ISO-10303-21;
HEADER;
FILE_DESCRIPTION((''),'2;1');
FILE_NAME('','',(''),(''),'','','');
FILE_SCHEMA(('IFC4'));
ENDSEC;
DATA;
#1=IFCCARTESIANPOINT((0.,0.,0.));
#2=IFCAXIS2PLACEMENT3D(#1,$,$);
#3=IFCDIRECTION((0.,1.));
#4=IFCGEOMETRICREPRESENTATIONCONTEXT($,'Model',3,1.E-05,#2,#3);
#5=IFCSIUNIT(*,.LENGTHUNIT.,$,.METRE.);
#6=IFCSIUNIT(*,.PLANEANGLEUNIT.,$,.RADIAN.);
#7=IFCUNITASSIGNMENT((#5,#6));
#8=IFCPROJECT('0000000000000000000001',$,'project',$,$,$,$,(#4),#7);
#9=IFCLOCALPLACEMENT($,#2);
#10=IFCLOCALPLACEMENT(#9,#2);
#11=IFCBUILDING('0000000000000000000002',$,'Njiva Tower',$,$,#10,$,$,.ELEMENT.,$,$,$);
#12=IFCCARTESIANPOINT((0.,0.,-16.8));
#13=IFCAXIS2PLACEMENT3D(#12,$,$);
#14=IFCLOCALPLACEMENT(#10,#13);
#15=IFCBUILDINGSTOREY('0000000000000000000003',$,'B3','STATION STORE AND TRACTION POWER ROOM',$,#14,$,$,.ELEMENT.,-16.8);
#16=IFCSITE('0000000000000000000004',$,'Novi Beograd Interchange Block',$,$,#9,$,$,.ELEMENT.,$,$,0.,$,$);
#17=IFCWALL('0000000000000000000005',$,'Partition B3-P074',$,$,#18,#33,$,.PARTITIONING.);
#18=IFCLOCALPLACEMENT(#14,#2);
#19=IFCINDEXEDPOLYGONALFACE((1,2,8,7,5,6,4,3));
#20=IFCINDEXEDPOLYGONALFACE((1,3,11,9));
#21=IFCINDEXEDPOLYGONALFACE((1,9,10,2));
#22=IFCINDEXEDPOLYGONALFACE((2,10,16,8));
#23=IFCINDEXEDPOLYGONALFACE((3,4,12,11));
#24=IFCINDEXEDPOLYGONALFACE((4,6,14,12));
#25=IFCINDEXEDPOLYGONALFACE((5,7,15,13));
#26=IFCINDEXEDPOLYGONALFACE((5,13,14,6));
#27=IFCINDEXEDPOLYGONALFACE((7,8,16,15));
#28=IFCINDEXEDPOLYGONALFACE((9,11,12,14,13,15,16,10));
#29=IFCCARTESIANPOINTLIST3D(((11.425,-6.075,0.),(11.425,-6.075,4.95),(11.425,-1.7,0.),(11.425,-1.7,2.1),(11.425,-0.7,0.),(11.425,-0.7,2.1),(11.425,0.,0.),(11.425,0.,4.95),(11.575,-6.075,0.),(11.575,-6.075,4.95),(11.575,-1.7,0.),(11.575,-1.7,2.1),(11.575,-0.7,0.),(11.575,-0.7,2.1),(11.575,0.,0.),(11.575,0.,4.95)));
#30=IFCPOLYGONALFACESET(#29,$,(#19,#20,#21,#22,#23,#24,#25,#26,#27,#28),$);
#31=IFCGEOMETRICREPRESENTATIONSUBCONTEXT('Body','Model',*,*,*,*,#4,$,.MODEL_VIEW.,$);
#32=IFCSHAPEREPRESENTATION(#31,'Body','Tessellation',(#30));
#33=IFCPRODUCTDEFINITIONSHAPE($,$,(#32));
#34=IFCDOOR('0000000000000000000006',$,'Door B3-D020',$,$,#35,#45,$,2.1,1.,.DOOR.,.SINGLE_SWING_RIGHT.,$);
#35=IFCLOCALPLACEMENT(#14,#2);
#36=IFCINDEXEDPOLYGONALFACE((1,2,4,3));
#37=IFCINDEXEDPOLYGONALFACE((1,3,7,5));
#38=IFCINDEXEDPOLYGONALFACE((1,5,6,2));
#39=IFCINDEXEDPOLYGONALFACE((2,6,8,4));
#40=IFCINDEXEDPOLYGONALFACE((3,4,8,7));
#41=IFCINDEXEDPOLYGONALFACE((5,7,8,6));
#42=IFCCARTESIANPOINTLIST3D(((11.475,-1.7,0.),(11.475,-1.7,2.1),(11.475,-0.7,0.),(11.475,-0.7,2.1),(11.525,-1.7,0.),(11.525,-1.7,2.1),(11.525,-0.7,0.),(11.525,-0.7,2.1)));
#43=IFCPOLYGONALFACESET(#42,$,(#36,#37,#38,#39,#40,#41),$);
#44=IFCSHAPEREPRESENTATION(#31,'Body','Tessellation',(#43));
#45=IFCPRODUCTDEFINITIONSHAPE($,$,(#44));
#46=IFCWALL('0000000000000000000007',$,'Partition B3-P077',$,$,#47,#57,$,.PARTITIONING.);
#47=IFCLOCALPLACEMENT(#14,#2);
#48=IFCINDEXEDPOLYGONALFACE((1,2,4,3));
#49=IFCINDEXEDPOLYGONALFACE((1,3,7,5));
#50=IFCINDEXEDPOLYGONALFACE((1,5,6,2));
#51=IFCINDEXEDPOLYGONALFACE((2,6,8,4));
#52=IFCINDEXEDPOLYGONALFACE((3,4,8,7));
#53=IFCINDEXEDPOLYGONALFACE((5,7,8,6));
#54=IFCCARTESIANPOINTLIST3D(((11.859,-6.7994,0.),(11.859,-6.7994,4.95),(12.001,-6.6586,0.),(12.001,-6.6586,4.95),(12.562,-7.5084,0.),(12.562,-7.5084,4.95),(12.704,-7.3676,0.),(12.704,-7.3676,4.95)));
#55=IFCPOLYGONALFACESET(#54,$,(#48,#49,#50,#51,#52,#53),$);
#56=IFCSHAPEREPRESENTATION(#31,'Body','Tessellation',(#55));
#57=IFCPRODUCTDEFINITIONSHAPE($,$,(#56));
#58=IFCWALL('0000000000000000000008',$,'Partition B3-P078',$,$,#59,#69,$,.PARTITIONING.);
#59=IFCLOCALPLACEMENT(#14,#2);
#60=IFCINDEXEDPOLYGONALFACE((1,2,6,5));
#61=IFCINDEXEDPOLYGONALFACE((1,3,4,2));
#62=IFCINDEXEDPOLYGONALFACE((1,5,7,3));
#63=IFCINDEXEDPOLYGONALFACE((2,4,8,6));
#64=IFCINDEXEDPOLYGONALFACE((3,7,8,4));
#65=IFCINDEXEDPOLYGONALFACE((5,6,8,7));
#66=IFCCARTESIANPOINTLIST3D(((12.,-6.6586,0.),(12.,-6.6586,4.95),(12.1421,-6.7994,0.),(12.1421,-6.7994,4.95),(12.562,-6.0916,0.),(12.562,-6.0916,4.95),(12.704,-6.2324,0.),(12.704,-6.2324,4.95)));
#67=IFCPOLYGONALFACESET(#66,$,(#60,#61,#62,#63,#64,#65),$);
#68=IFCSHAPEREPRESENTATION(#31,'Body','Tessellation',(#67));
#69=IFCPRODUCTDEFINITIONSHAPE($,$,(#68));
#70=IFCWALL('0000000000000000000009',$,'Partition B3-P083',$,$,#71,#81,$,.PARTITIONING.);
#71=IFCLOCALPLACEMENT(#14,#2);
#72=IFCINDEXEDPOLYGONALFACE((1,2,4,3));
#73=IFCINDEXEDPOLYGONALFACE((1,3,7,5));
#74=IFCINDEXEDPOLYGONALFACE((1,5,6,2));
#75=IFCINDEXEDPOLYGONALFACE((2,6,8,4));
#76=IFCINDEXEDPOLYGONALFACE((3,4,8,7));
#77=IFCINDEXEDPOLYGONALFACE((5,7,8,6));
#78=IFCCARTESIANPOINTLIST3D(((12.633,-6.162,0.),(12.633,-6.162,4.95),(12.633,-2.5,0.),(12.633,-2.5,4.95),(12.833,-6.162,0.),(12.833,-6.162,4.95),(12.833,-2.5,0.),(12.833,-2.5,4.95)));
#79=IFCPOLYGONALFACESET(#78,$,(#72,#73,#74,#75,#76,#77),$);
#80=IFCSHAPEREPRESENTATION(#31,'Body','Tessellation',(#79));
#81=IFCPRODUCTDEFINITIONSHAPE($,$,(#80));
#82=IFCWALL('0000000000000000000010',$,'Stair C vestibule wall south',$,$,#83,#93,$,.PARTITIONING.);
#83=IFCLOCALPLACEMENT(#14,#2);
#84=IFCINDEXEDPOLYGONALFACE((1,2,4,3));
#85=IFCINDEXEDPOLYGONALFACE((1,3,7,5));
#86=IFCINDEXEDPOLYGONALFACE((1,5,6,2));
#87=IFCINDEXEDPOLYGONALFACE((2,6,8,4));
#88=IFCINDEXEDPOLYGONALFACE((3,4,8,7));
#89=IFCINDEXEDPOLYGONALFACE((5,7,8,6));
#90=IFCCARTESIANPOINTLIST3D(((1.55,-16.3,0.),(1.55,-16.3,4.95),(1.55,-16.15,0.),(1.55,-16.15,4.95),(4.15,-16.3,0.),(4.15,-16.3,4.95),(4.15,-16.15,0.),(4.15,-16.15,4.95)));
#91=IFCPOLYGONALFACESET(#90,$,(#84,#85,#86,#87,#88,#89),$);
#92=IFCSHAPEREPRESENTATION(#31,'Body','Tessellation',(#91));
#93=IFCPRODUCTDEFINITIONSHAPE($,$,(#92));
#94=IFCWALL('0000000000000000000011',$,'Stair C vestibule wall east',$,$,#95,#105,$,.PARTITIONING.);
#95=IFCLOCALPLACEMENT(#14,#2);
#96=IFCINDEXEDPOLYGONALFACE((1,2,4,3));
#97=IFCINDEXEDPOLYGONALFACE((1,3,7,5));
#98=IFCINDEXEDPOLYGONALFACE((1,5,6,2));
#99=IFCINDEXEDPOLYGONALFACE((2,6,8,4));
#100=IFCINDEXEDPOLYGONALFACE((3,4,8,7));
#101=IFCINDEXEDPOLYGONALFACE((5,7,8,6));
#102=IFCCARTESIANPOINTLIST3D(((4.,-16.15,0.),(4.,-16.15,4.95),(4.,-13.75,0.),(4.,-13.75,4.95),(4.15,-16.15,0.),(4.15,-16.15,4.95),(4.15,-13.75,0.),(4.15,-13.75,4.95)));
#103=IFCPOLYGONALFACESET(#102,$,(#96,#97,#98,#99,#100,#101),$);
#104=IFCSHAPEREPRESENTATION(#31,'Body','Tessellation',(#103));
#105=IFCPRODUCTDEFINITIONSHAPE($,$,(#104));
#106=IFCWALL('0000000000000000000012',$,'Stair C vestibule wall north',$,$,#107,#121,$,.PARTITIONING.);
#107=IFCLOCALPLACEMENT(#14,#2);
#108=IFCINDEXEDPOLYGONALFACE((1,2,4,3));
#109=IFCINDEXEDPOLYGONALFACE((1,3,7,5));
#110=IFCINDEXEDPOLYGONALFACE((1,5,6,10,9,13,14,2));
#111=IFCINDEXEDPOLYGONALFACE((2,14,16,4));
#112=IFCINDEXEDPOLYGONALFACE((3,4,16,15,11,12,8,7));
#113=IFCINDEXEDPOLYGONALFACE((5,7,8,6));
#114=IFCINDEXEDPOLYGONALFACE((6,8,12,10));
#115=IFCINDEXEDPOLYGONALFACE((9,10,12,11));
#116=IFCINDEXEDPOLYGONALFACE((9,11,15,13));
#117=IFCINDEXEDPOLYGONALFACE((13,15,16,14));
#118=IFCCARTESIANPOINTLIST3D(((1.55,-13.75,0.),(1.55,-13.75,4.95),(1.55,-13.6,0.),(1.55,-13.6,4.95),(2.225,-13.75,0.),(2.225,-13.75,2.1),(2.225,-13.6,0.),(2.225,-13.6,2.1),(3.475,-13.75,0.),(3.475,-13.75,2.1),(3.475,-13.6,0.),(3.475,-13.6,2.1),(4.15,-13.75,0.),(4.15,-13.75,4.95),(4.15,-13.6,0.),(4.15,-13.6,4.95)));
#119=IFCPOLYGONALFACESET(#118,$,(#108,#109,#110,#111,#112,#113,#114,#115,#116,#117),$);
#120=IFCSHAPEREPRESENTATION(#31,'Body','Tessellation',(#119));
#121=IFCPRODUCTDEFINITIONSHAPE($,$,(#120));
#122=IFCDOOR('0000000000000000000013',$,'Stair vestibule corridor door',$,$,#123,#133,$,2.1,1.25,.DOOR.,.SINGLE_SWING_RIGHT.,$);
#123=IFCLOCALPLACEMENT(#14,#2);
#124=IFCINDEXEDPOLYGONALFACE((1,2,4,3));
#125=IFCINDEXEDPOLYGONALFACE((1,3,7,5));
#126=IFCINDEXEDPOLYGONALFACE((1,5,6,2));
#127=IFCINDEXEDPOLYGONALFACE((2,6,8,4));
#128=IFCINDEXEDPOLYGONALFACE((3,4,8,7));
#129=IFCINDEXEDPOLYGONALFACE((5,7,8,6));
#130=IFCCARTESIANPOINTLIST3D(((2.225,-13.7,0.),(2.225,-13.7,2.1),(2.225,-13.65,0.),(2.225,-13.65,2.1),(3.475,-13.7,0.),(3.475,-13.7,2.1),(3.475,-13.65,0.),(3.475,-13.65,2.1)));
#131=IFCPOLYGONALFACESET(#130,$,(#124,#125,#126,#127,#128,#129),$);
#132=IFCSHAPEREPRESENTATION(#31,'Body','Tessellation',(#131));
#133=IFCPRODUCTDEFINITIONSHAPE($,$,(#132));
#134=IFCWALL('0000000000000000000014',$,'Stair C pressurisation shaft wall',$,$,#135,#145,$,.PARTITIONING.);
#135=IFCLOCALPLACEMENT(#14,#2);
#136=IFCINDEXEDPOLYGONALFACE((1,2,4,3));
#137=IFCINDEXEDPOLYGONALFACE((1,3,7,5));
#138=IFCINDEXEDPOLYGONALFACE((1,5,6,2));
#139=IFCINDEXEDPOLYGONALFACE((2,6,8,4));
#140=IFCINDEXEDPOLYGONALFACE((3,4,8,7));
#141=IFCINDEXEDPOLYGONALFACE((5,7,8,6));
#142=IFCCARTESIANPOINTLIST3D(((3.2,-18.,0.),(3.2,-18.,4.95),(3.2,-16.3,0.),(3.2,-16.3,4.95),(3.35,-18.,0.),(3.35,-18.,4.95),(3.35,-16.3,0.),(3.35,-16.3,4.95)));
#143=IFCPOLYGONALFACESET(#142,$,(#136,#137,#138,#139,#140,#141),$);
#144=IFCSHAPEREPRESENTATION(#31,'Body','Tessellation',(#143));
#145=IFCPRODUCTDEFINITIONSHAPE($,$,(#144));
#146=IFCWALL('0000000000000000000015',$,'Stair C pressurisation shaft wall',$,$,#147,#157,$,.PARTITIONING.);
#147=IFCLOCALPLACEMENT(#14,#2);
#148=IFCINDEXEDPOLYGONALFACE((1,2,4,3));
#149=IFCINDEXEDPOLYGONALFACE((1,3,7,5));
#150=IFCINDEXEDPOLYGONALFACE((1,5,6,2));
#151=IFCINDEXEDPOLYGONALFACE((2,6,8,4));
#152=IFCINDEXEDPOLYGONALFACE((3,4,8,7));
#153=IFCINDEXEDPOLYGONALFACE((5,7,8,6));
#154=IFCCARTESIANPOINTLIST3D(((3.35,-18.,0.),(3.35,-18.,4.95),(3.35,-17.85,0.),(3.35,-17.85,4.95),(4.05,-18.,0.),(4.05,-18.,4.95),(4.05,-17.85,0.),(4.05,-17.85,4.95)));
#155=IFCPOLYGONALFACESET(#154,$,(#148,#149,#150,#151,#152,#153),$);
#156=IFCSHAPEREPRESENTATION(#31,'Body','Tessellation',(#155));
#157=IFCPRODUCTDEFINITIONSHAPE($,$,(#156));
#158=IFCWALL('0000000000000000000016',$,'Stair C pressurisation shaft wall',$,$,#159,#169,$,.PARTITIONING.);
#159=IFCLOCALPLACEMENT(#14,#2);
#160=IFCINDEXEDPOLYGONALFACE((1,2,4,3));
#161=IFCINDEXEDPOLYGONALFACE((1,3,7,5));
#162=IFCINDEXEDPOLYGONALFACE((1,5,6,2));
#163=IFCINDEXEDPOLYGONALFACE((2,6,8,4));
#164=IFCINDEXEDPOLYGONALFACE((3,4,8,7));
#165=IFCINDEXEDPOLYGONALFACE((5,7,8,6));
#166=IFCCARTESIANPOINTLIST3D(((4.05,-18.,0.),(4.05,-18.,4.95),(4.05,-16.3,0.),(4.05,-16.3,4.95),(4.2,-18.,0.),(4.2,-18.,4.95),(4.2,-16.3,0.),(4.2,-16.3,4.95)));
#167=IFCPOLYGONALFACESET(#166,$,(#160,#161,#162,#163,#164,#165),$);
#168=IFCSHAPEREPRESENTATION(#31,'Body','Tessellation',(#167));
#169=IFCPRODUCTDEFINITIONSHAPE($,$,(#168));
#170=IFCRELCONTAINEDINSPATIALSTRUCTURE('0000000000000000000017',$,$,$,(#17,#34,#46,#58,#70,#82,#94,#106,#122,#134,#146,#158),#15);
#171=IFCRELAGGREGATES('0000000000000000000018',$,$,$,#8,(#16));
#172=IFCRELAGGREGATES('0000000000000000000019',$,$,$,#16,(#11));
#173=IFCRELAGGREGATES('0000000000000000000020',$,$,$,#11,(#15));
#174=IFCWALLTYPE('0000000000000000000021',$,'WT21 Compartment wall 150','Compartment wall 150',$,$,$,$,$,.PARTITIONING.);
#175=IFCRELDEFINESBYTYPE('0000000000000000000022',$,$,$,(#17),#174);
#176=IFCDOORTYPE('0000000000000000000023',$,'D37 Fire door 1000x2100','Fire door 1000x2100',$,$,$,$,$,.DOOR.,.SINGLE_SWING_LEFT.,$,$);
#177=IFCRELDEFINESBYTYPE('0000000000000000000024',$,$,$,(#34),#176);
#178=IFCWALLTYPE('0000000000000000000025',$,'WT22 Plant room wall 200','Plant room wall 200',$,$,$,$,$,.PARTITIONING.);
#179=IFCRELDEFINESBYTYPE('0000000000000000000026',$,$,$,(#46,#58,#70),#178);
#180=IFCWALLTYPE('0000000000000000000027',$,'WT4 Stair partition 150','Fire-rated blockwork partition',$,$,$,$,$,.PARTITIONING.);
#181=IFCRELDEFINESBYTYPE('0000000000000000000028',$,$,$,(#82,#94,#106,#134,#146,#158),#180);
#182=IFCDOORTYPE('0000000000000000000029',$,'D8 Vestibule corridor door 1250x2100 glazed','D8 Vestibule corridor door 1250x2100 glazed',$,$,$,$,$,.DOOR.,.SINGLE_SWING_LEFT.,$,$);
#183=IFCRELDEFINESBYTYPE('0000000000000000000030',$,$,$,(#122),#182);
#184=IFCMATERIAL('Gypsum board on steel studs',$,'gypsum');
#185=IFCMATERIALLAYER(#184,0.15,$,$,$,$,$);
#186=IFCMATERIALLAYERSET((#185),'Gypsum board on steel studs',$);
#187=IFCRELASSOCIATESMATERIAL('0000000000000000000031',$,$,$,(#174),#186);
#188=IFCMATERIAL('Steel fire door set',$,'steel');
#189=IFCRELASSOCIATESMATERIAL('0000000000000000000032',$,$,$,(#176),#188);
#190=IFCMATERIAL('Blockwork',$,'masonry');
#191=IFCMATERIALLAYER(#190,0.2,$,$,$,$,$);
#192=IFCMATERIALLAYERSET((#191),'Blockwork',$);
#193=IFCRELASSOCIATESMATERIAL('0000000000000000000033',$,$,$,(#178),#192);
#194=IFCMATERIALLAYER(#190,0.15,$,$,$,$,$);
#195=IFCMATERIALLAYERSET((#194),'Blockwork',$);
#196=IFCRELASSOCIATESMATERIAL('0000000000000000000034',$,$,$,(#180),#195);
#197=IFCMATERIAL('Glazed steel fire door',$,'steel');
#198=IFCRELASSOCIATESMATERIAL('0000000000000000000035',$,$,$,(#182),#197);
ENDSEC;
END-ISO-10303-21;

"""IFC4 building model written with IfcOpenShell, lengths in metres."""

from ifc_helpers import new_model, si_unit, direction, frame, frame_2d, origin, place, context, subcontext, project, spatial, rectangle, extrude, material, layer, layer_set, type_object, element, fill, save


model = new_model("IFC4")

# Units and contexts
model_context = context("Model", 3, precision=1e-05, world=origin(), true_north=direction((0.0, 1.0)))
body_context = subcontext(model_context, "Body", "Model", "MODEL_VIEW")
ifc_project = project(units=[si_unit("LENGTHUNIT", "METRE"), si_unit("PLANEANGLEUNIT", "RADIAN")], contexts=[model_context])

# Site, building, storey
site_placement = place(None, origin())
site = spatial("IfcSite", under=ifc_project, at=site_placement, Name="Novi Beograd Interchange Block", CompositionType="ELEMENT", RefElevation=0.0)
building_placement = place(site_placement, origin())
building = spatial("IfcBuilding", under=site, at=building_placement, Name="Njiva Tower", CompositionType="ELEMENT")
storey_placement = place(building_placement, frame((0.0, 0.0, -16.8)))
storey = spatial("IfcBuildingStorey", under=building, at=storey_placement, Name="B3", Description="STATION STORE AND TRACTION POWER ROOM", CompositionType="ELEMENT", Elevation=-16.8)

# Shared definitions
ifc_material_1 = material(Name="Gypsum board on steel studs", Category="gypsum")
ifc_layer_1 = layer(ifc_material_1, 0.15)
ifc_layer_set_1 = layer_set([ifc_layer_1], Name="Gypsum board on steel studs")
wall_type_1 = type_object("IfcWallType", Name="WT21 Compartment wall 150", Description="Compartment wall 150", PredefinedType="PARTITIONING", material=ifc_layer_set_1)

# Wall, opening, door
wall_1_placement = place(storey_placement, frame((11.5, -6.075, 0.0), z_axis=(0.0, 0.0, 1.0), x_axis=(0.0, 1.0, 0.0)))
wall_1 = element("IfcWall", 1, at=wall_1_placement, inside=storey, type_object=wall_type_1, Name="Partition B3-P074", PredefinedType="PARTITIONING", context=body_context, shape_type="SweptSolid", body=[
    extrude(rectangle(XDim=6.075, YDim=0.15, at=frame_2d((3.0375, 0.0))), origin(), (0.0, 0.0, 1.0), 4.95),
])
opening_1_placement = place(wall_1_placement, frame((4.375, 0.0, 0.0)))
opening_1 = element("IfcOpeningElement", 2, at=opening_1_placement, cuts=wall_1, PredefinedType="OPENING", context=body_context, shape_type="SweptSolid", body=[
    extrude(rectangle(XDim=1.0, YDim=2.1, at=frame_2d((0.5, 1.05))), frame((0.0, 0.085, 0.0), z_axis=(0.0, -1.0, 0.0), x_axis=(1.0, 0.0, 0.0)), (0.0, 0.0, 1.0), 0.17),
])
ifc_material_2 = material(Name="Steel fire door set", Category="steel")
door_type_1 = type_object("IfcDoorType", Name="D37 Fire door 1000x2100", Description="Fire door 1000x2100", OperationType="SINGLE_SWING_LEFT", PredefinedType="DOOR", material=ifc_material_2)
door_1_placement = place(opening_1_placement, origin())
door_1 = element("IfcDoor", 3, at=door_1_placement, inside=storey, type_object=door_type_1, Name="Door B3-D020", OperationType="SINGLE_SWING_RIGHT", OverallHeight=2.1, OverallWidth=1.0, PredefinedType="DOOR", context=body_context, shape_type="SweptSolid", body=[
    extrude(rectangle(XDim=1.0, YDim=2.1, at=frame_2d((0.5, 1.05))), frame((0.0, 0.025, 0.0), z_axis=(0.0, -1.0, 0.0), x_axis=(1.0, 0.0, 0.0)), (0.0, 0.0, 1.0), 0.05),
])
fill(opening_1, door_1)

# Walls
ifc_material_3 = material(Name="Blockwork", Category="masonry")
ifc_layer_2 = layer(ifc_material_3, 0.2)
ifc_layer_set_2 = layer_set([ifc_layer_2], Name="Blockwork")
wall_type_2 = type_object("IfcWallType", Name="WT22 Plant room wall 200", Description="Plant room wall 200", PredefinedType="PARTITIONING", material=ifc_layer_set_2)
wall_2_placement = place(storey_placement, frame((11.93, -6.729, 0.0), z_axis=(0.0, 0.0, 1.0), x_axis=(0.704096, -0.710105, 0.0)))
element("IfcWall", 4, at=wall_2_placement, inside=storey, type_object=wall_type_2, Name="Partition B3-P077", PredefinedType="PARTITIONING", context=body_context, shape_type="SweptSolid", body=[
    extrude(rectangle(XDim=0.9984, YDim=0.2, at=frame_2d((0.4992, 0.0))), origin(), (0.0, 0.0, 1.0), 4.95),
])
wall_3_placement = place(storey_placement, frame((12.071, -6.729, 0.0), z_axis=(0.0, 0.0, 1.0), x_axis=(0.703968, 0.710231, 0.0)))
element("IfcWall", 5, at=wall_3_placement, inside=storey, type_object=wall_type_2, Name="Partition B3-P078", PredefinedType="PARTITIONING", context=body_context, shape_type="SweptSolid", body=[
    extrude(rectangle(XDim=0.7983, YDim=0.2, at=frame_2d((0.3992, 0.0))), origin(), (0.0, 0.0, 1.0), 4.95),
])
wall_4_placement = place(storey_placement, frame((12.733, -6.162, 0.0), z_axis=(0.0, 0.0, 1.0), x_axis=(0.0, 1.0, 0.0)))
element("IfcWall", 6, at=wall_4_placement, inside=storey, type_object=wall_type_2, Name="Partition B3-P083", PredefinedType="PARTITIONING", context=body_context, shape_type="SweptSolid", body=[
    extrude(rectangle(XDim=3.662, YDim=0.2, at=frame_2d((1.831, 0.0))), origin(), (0.0, 0.0, 1.0), 4.95),
])
ifc_layer_3 = layer(ifc_material_3, 0.15)
ifc_layer_set_3 = layer_set([ifc_layer_3], Name="Blockwork")
wall_type_3 = type_object("IfcWallType", Name="WT4 Stair partition 150", Description="Fire-rated blockwork partition", PredefinedType="PARTITIONING", material=ifc_layer_set_3)
wall_5_placement = place(storey_placement, frame((1.55, -16.225, 0.0), z_axis=(0.0, 0.0, 1.0), x_axis=(1.0, 0.0, 0.0)))
element("IfcWall", 7, at=wall_5_placement, inside=storey, type_object=wall_type_3, Name="Stair C vestibule wall south", PredefinedType="PARTITIONING", context=body_context, shape_type="SweptSolid", body=[
    extrude(rectangle(XDim=2.6, YDim=0.15, at=frame_2d((1.3, 0.0))), origin(), (0.0, 0.0, 1.0), 4.95),
])
wall_6_placement = place(storey_placement, frame((4.075, -16.15, 0.0), z_axis=(0.0, 0.0, 1.0), x_axis=(0.0, 1.0, 0.0)))
element("IfcWall", 8, at=wall_6_placement, inside=storey, type_object=wall_type_3, Name="Stair C vestibule wall east", PredefinedType="PARTITIONING", context=body_context, shape_type="SweptSolid", body=[
    extrude(rectangle(XDim=2.4, YDim=0.15, at=frame_2d((1.2, 0.0))), origin(), (0.0, 0.0, 1.0), 4.95),
])

# Wall, opening, door
wall_7_placement = place(storey_placement, frame((1.55, -13.675, 0.0), z_axis=(0.0, 0.0, 1.0), x_axis=(1.0, 0.0, 0.0)))
wall_7 = element("IfcWall", 9, at=wall_7_placement, inside=storey, type_object=wall_type_3, Name="Stair C vestibule wall north", PredefinedType="PARTITIONING", context=body_context, shape_type="SweptSolid", body=[
    extrude(rectangle(XDim=2.6, YDim=0.15, at=frame_2d((1.3, 0.0))), origin(), (0.0, 0.0, 1.0), 4.95),
])
opening_2_placement = place(wall_7_placement, frame((0.675, 0.0, 0.0)))
opening_2 = element("IfcOpeningElement", 10, at=opening_2_placement, cuts=wall_7, PredefinedType="OPENING", context=body_context, shape_type="SweptSolid", body=[
    extrude(rectangle(XDim=1.25, YDim=2.1, at=frame_2d((0.625, 1.05))), frame((0.0, 0.085, 0.0), z_axis=(0.0, -1.0, 0.0), x_axis=(1.0, 0.0, 0.0)), (0.0, 0.0, 1.0), 0.17),
])
ifc_material_4 = material(Name="Glazed steel fire door", Category="steel")
door_type_2 = type_object("IfcDoorType", Name="D8 Vestibule corridor door 1250x2100 glazed", Description="D8 Vestibule corridor door 1250x2100 glazed", OperationType="SINGLE_SWING_LEFT", PredefinedType="DOOR", material=ifc_material_4)
door_2_placement = place(opening_2_placement, origin())
door_2 = element("IfcDoor", 11, at=door_2_placement, inside=storey, type_object=door_type_2, Name="Stair vestibule corridor door", OperationType="SINGLE_SWING_RIGHT", OverallHeight=2.1, OverallWidth=1.25, PredefinedType="DOOR", context=body_context, shape_type="SweptSolid", body=[
    extrude(rectangle(XDim=1.25, YDim=2.1, at=frame_2d((0.625, 1.05))), frame((0.0, 0.025, 0.0), z_axis=(0.0, -1.0, 0.0), x_axis=(1.0, 0.0, 0.0)), (0.0, 0.0, 1.0), 0.05),
])
fill(opening_2, door_2)

# Walls
wall_8_placement = place(storey_placement, frame((3.275, -18.0, 0.0), z_axis=(0.0, 0.0, 1.0), x_axis=(0.0, 1.0, 0.0)))
element("IfcWall", 12, at=wall_8_placement, inside=storey, type_object=wall_type_3, Name="Stair C pressurisation shaft wall", PredefinedType="PARTITIONING", context=body_context, shape_type="SweptSolid", body=[
    extrude(rectangle(XDim=1.7, YDim=0.15, at=frame_2d((0.85, 0.0))), origin(), (0.0, 0.0, 1.0), 4.95),
])
wall_9_placement = place(storey_placement, frame((3.35, -17.925, 0.0), z_axis=(0.0, 0.0, 1.0), x_axis=(1.0, 0.0, 0.0)))
element("IfcWall", 13, at=wall_9_placement, inside=storey, type_object=wall_type_3, Name="Stair C pressurisation shaft wall", PredefinedType="PARTITIONING", context=body_context, shape_type="SweptSolid", body=[
    extrude(rectangle(XDim=0.7, YDim=0.15, at=frame_2d((0.35, 0.0))), origin(), (0.0, 0.0, 1.0), 4.95),
])
wall_10_placement = place(storey_placement, frame((4.125, -18.0, 0.0), z_axis=(0.0, 0.0, 1.0), x_axis=(0.0, 1.0, 0.0)))
element("IfcWall", 14, at=wall_10_placement, inside=storey, type_object=wall_type_3, Name="Stair C pressurisation shaft wall", PredefinedType="PARTITIONING", context=body_context, shape_type="SweptSolid", body=[
    extrude(rectangle(XDim=1.7, YDim=0.15, at=frame_2d((0.85, 0.0))), origin(), (0.0, 0.0, 1.0), 4.95),
])

save(model, "model.ifc")
